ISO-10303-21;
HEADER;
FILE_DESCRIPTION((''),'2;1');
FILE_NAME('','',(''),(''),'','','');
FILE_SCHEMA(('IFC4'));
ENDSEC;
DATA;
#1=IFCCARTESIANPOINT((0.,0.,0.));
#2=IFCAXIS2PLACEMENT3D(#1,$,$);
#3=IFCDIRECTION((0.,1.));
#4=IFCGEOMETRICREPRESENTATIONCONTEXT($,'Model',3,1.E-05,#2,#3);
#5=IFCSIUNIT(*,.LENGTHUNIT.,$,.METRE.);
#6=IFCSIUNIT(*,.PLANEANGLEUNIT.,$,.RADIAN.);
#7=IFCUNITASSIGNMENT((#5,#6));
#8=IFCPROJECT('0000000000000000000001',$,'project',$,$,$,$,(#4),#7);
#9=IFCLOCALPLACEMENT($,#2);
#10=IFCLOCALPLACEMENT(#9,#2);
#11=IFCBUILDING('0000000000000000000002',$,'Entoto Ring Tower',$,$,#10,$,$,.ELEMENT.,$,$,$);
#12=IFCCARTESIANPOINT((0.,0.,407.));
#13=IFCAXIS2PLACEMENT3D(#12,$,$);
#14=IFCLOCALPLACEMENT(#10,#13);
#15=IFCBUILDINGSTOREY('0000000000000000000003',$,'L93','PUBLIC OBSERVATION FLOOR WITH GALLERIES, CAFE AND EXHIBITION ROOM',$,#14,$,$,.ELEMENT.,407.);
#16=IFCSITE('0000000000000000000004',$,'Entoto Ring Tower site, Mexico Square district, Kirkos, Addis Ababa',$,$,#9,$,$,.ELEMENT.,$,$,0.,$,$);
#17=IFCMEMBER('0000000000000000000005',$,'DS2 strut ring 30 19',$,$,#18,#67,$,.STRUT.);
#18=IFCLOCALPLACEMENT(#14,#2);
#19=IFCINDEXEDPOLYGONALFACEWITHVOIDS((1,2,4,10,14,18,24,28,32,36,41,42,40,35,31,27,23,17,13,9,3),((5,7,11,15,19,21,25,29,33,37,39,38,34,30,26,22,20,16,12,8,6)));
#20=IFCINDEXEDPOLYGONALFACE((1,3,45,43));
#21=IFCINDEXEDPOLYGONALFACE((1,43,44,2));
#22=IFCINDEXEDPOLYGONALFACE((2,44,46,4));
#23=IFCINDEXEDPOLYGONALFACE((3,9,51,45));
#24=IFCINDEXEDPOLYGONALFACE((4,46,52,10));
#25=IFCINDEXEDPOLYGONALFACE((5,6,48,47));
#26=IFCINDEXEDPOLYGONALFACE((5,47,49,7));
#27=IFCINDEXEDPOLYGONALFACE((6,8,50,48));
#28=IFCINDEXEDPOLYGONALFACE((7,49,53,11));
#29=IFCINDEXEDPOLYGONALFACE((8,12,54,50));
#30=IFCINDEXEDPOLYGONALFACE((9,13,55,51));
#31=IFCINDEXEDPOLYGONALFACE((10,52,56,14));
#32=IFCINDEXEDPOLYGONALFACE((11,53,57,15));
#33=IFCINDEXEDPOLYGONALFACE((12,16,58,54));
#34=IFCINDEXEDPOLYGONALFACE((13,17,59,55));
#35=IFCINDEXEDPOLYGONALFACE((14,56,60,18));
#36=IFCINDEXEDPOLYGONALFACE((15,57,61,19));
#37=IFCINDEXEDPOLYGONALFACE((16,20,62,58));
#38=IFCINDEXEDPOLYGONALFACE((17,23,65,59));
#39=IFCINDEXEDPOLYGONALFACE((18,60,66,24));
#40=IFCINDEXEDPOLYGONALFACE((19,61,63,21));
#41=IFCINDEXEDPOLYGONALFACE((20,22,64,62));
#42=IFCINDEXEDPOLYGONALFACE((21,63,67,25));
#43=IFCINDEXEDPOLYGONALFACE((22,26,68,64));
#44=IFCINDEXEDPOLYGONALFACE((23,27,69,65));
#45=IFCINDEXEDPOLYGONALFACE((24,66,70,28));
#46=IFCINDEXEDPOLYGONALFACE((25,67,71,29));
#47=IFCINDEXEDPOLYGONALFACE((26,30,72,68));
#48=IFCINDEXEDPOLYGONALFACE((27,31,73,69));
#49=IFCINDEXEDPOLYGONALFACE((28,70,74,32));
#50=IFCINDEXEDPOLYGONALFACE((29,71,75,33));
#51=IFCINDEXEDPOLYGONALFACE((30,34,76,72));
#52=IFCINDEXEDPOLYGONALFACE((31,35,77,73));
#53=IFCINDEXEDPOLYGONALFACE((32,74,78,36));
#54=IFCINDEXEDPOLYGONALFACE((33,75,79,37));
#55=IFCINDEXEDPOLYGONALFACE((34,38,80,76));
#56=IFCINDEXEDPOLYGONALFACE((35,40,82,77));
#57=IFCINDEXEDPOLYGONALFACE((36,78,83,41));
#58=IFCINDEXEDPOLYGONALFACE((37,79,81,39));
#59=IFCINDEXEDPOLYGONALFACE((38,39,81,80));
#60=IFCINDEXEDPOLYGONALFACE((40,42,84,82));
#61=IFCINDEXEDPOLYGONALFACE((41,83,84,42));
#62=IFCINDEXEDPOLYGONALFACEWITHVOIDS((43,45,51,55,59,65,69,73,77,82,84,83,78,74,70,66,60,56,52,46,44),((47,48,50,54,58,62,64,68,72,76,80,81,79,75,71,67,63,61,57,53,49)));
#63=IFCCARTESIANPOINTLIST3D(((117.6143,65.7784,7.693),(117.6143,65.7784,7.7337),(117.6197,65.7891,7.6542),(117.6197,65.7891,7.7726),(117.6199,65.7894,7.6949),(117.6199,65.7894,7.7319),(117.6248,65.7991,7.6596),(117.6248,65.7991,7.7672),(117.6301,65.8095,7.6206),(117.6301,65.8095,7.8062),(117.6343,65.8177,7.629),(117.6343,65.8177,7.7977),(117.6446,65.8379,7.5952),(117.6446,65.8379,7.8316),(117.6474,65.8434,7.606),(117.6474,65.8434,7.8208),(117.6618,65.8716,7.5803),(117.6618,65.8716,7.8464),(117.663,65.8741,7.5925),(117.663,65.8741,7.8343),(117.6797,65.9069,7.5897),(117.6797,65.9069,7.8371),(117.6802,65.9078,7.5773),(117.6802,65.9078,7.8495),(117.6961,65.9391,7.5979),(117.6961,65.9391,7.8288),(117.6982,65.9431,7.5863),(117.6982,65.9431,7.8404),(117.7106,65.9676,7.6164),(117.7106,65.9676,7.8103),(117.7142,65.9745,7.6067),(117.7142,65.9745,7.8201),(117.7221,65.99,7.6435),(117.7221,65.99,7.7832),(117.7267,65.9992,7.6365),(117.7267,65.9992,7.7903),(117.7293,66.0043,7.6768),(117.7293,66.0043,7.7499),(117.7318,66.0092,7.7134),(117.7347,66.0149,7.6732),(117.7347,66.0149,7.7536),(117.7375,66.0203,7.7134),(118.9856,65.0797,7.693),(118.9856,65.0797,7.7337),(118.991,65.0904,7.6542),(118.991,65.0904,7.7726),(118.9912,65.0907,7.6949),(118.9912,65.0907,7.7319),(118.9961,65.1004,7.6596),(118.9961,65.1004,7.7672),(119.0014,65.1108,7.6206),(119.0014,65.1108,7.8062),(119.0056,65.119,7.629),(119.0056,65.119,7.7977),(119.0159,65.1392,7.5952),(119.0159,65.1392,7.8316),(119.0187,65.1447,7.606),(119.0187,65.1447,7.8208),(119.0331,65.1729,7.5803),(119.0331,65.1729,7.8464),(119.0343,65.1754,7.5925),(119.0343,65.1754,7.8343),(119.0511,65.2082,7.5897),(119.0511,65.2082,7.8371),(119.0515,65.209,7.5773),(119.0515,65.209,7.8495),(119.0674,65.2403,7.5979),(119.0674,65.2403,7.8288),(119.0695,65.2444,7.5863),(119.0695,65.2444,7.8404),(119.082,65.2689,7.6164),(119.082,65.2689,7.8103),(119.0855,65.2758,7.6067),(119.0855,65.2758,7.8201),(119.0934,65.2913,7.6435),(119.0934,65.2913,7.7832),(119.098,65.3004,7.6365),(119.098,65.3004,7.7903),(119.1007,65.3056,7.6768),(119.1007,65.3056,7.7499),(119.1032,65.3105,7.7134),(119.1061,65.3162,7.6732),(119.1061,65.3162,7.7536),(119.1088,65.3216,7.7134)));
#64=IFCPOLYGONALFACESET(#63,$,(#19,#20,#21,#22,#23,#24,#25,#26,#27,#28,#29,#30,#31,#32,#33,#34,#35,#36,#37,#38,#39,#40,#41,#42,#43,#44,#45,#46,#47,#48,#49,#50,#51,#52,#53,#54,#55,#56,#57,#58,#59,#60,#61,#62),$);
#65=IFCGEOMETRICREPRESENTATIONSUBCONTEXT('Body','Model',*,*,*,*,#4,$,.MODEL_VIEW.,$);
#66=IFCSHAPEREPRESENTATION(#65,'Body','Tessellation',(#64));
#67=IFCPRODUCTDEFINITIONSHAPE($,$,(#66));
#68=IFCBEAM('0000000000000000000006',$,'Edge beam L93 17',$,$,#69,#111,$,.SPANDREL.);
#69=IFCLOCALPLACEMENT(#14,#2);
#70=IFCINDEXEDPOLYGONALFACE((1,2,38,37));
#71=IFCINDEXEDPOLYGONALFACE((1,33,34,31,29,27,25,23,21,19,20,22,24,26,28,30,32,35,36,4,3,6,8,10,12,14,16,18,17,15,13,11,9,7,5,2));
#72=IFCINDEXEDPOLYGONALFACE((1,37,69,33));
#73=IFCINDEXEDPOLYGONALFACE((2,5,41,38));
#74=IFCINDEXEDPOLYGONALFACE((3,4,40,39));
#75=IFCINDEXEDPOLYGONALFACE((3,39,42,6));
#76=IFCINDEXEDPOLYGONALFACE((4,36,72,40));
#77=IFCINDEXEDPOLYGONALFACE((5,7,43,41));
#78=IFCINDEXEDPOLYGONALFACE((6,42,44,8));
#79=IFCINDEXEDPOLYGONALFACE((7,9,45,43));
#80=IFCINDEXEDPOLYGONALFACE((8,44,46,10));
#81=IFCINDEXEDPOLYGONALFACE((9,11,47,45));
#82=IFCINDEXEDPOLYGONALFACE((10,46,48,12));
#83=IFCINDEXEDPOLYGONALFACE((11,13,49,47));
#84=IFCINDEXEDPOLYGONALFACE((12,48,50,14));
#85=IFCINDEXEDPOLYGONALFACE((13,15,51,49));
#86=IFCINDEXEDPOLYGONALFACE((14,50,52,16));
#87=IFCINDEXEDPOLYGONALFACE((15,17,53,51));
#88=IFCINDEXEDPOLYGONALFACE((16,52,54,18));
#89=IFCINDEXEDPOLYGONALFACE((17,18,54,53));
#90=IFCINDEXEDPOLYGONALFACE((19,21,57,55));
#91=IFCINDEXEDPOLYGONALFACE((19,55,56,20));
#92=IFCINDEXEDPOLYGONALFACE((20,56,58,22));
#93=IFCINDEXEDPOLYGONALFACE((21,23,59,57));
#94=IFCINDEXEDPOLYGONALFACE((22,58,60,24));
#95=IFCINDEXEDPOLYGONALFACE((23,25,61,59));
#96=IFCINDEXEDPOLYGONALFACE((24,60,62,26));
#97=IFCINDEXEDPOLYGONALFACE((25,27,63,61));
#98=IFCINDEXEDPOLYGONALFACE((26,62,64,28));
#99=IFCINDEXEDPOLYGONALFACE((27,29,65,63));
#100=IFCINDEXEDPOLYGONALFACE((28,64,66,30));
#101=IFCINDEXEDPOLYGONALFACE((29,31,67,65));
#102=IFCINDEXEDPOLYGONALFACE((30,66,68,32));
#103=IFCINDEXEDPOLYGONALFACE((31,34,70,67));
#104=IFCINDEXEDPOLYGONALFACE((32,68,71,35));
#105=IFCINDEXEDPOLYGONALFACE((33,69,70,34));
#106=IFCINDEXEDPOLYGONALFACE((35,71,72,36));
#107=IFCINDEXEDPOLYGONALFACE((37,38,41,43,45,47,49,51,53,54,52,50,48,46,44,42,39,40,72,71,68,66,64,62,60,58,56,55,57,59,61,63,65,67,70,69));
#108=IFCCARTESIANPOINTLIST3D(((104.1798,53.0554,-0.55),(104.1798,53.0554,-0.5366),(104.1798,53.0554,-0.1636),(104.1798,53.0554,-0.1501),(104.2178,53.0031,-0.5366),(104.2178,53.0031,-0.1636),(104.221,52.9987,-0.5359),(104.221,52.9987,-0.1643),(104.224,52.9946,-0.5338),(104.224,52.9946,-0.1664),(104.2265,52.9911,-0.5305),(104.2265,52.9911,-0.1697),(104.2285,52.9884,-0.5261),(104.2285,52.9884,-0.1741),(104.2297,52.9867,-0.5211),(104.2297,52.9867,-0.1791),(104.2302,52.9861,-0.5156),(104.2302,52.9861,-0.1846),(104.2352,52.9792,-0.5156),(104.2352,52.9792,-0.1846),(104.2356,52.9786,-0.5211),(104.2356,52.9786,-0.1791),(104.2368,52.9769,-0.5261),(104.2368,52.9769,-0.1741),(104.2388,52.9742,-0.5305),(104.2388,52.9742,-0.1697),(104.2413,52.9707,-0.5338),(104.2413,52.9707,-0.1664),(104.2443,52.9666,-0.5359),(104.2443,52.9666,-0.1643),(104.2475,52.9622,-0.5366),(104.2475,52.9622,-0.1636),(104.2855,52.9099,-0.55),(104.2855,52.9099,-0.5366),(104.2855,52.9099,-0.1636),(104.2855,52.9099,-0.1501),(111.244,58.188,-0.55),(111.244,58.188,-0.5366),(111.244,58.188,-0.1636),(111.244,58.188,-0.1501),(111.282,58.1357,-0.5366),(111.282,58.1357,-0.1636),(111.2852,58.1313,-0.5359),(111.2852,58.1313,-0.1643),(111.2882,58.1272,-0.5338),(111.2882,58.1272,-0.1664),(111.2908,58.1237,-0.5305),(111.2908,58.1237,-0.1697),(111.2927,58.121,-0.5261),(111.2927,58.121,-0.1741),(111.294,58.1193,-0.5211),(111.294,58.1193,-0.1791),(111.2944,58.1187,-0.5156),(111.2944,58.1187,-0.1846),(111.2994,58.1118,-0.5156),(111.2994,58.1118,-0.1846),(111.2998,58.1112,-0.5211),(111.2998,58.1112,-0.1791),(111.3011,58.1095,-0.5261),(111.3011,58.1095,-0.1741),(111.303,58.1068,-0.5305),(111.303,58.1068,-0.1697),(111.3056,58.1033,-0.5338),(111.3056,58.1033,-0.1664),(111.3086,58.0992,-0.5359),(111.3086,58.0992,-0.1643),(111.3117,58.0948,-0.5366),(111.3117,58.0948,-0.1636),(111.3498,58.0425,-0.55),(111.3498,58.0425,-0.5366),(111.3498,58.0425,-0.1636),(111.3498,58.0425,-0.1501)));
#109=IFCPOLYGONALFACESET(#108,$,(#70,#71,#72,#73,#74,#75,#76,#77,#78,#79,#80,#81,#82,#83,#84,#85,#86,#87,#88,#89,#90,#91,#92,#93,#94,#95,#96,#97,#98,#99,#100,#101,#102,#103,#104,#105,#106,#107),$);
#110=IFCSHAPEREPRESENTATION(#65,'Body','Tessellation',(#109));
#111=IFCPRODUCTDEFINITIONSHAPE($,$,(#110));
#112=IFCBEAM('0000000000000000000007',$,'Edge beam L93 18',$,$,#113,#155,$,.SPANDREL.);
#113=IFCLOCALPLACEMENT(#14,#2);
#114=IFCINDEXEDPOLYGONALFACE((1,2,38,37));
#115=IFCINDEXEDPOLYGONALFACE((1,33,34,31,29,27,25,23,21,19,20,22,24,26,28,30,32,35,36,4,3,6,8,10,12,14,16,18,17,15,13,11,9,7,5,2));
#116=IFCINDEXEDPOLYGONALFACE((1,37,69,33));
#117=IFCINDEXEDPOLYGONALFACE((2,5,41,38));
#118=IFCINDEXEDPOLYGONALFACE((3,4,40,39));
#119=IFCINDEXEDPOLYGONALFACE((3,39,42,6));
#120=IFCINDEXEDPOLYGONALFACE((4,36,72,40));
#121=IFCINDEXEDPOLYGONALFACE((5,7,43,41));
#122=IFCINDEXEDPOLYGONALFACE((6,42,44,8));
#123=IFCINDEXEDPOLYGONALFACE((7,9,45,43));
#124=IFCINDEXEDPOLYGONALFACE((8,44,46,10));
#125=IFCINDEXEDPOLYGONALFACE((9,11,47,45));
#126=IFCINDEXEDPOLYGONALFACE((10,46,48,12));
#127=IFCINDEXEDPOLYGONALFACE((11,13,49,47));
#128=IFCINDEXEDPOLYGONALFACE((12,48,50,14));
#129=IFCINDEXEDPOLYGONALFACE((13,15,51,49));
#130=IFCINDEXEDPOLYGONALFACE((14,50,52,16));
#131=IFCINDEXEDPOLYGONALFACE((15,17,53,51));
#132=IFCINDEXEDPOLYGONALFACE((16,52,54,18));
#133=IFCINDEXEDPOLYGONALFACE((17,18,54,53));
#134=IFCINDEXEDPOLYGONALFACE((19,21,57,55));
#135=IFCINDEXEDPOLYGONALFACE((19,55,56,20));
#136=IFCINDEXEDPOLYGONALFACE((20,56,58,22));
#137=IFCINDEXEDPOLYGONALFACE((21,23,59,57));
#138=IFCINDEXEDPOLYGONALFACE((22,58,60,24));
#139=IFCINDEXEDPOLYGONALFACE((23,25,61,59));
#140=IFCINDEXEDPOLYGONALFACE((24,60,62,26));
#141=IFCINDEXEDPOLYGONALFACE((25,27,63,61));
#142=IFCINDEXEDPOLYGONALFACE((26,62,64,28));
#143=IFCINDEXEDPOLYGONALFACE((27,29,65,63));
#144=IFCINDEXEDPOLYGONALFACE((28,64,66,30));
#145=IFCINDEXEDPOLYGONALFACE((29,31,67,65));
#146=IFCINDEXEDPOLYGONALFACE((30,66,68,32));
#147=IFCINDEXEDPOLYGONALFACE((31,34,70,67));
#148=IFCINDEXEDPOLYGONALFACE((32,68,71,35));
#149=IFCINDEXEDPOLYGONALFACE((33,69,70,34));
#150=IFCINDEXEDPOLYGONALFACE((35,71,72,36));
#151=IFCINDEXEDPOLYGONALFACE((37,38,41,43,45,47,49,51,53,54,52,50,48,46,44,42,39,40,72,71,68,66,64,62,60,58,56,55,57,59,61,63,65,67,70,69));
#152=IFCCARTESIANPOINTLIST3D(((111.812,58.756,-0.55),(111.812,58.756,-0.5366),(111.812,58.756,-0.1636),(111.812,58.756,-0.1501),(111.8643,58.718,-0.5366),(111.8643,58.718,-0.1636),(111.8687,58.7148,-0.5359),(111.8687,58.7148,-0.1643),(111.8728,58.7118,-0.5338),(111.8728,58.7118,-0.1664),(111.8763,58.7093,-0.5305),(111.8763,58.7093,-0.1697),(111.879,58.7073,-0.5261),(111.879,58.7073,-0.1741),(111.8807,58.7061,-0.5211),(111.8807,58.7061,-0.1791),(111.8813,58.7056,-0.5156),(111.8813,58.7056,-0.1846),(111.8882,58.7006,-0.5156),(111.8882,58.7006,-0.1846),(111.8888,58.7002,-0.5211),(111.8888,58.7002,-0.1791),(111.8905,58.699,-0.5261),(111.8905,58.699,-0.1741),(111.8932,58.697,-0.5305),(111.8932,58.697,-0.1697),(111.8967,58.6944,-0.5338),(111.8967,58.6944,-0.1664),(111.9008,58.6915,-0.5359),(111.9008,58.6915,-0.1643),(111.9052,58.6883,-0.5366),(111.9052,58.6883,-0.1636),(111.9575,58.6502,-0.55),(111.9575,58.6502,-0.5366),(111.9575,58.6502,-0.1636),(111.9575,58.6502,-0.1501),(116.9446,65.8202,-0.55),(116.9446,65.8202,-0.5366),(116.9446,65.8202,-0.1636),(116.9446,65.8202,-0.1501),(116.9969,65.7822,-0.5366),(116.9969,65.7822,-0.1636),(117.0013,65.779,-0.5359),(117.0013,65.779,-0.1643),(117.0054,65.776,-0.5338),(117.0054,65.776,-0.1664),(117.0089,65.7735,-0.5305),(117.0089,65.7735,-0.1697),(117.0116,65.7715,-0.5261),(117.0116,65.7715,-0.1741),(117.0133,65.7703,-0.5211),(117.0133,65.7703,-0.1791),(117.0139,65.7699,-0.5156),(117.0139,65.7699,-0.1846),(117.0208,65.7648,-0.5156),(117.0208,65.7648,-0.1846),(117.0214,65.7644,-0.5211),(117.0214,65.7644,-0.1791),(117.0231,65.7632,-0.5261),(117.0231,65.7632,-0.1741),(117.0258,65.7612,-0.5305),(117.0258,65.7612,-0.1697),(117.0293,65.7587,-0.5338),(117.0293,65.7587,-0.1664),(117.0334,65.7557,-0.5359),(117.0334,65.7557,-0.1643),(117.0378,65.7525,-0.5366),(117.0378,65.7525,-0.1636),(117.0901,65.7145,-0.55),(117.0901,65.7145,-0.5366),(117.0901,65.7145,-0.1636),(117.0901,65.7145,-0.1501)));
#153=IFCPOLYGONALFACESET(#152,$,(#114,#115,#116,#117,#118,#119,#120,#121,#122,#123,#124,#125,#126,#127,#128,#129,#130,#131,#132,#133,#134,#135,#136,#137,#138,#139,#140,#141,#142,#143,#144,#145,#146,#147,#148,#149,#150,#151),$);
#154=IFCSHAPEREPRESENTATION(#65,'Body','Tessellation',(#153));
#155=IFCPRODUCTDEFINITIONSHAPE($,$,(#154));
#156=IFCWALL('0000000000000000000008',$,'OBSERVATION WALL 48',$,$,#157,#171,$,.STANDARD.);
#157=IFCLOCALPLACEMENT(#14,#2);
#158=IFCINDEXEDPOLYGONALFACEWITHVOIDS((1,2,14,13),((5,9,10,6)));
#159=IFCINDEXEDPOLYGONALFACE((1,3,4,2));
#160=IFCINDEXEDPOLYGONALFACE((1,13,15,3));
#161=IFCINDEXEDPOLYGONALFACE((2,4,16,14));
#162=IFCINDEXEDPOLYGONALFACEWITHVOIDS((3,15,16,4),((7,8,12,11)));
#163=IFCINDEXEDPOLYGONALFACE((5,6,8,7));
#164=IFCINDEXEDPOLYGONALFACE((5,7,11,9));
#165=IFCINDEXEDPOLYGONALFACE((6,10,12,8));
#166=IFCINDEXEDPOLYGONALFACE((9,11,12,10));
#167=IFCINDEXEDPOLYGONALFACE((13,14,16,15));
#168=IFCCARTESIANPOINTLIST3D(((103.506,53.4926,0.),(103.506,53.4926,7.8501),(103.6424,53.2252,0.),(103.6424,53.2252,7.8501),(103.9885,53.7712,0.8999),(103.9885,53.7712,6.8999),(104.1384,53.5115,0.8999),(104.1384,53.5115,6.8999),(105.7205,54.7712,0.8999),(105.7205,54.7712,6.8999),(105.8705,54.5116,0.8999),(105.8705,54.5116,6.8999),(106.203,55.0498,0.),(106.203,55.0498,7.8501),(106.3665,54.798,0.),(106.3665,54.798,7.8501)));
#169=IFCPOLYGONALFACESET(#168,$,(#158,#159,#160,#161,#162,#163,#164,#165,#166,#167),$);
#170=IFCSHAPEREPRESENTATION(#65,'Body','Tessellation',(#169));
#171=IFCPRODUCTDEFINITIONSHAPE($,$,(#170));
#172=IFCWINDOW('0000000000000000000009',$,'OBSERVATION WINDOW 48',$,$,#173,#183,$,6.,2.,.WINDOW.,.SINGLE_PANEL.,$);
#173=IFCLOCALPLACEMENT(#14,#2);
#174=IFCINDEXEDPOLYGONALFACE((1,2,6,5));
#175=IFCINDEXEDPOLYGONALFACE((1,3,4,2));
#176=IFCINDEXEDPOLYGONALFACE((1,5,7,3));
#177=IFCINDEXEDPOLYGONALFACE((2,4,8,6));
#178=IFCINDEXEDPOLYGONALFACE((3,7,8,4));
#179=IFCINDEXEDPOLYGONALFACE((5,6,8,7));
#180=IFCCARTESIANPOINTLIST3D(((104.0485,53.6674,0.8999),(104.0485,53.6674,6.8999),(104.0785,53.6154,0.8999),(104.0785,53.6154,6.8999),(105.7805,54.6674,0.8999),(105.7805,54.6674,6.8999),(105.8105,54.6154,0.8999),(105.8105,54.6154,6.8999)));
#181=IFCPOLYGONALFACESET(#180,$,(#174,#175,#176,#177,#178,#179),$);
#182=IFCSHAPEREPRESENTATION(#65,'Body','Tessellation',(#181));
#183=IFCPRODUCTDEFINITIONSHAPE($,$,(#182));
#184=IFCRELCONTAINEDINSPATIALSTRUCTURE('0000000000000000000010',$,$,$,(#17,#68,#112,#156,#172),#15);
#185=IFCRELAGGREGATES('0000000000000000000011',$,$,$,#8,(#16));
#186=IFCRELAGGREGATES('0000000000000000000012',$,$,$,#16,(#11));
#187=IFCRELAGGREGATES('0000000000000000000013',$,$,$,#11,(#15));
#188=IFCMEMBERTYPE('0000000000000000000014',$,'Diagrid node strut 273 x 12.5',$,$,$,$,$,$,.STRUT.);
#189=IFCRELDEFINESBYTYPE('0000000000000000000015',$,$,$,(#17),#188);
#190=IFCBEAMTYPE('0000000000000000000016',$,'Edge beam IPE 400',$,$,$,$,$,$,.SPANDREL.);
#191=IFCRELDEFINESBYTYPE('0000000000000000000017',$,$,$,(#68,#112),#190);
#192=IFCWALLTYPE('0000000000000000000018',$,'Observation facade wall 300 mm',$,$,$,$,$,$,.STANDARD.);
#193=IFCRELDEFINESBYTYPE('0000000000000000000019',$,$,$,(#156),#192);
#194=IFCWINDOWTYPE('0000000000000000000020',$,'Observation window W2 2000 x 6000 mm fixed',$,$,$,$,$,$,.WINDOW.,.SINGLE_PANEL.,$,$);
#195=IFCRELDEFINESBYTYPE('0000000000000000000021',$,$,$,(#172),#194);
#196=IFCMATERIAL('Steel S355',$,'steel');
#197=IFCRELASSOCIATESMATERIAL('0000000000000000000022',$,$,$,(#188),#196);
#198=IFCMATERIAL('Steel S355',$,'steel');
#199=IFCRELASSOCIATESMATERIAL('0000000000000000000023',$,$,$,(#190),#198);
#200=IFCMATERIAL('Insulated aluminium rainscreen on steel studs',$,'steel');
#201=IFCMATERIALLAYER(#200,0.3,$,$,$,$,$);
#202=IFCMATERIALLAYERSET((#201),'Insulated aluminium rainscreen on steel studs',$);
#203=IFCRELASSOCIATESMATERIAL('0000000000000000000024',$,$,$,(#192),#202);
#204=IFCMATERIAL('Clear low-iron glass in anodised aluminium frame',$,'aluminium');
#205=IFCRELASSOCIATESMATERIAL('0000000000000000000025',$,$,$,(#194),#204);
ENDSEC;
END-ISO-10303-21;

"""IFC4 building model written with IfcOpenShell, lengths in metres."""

from ifc_helpers import new_model, si_unit, direction, frame, frame_2d, origin, origin_2d, place, context, subcontext, project, spatial, polyline, rectangle, circle, hollow_circle, i_section, outline, extrude, material, layer, layer_set, material_profile, profile_set, type_object, element, fill, save


model = new_model("IFC4")

# Units and contexts
model_context = context("Model", 3, precision=1e-05, world=origin(), true_north=direction((0.0, 1.0)))
body_context = subcontext(model_context, "Body", "Model", "MODEL_VIEW")
ifc_project = project(units=[si_unit("LENGTHUNIT", "METRE"), si_unit("PLANEANGLEUNIT", "RADIAN")], contexts=[model_context])

# Site, building, storey
site_placement = place(None, origin())
site = spatial("IfcSite", under=ifc_project, at=site_placement, Name="Entoto Ring Tower site, Mexico Square district, Kirkos, Addis Ababa", CompositionType="ELEMENT", RefElevation=0.0)
building_placement = place(site_placement, origin())
building = spatial("IfcBuilding", under=site, at=building_placement, Name="Entoto Ring Tower", CompositionType="ELEMENT")
storey_placement = place(building_placement, frame((0.0, 0.0, 407.0)))
storey = spatial("IfcBuildingStorey", under=building, at=storey_placement, Name="L93", Description="PUBLIC OBSERVATION FLOOR WITH GALLERIES, CAFE AND EXHIBITION ROOM", CompositionType="ELEMENT", Elevation=407.0)

# Member
ifc_material_1 = material(Name="Steel S355", Category="steel")
ifc_material_profile_1 = material_profile(ifc_material_1, hollow_circle(Radius=0.1365, WallThickness=0.0125, at=origin_2d()), Name="CHS 273 x 12.5")
ifc_material_2 = material(Name="Concrete C60/75", Category="concrete")
ifc_material_profile_2 = material_profile(ifc_material_2, circle(Radius=0.124, at=origin_2d()), Name="Concrete C60/75 infill")
ifc_profile_set_1 = profile_set([ifc_material_profile_1, ifc_material_profile_2], Name="Steel S355")
member_type = type_object("IfcMemberType", Name="Diagrid node strut 273 x 12.5", PredefinedType="STRUT", material=ifc_profile_set_1)
member_1_placement = place(storey_placement, frame((117.6755, 65.8987, 7.7134), z_axis=(0.891007, -0.45399, 0.0), x_axis=(0.45399, 0.891007, 0.0)))
element("IfcMember", 1, at=member_1_placement, inside=storey, type_object=member_type, Name="DS2 strut ring 30 19", PredefinedType="STRUT", context=body_context, shape_type="SweptSolid", body=[
    extrude(hollow_circle(Radius=0.1365, WallThickness=0.0125, at=origin_2d()), origin(), (0.0, 0.0, 1.0), 1.5391),
])

# Beams
ifc_material_3 = material(Name="Steel S355", Category="steel")
ifc_material_profile_3 = material_profile(ifc_material_3, i_section(OverallWidth=0.1799, OverallDepth=0.3999, WebThickness=0.0085, FlangeThickness=0.0134, FilletRadius=0.021, at=origin_2d()), Name="IPE 400")
ifc_profile_set_2 = profile_set([ifc_material_profile_3], Name="Steel S355")
beam_type = type_object("IfcBeamType", Name="Edge beam IPE 400", PredefinedType="SPANDREL", material=ifc_profile_set_2)
for number, where, z_axis, x_axis, name in (
    (2, (104.2327, 52.9827, -0.3501), (0.80901, 0.587794, 0.0), (-0.587794, 0.80901, 0.0), "Edge beam L93 17"),
    (3, (111.8848, 58.7031, -0.3501), (0.587794, 0.80901, 0.0), (-0.80901, 0.587794, 0.0), "Edge beam L93 18"),
):
    element("IfcBeam", number, at=place(storey_placement, frame(where, z_axis=z_axis, x_axis=x_axis)), inside=storey, type_object=beam_type, Name=name, PredefinedType="SPANDREL", context=body_context, shape_type="SweptSolid", body=[
        extrude(i_section(OverallWidth=0.1799, OverallDepth=0.3999, WebThickness=0.0085, FlangeThickness=0.0134, FilletRadius=0.021, at=origin_2d()), origin(), (0.0, 0.0, 1.0), 8.7319),
    ])

# Wall, opening, window
ifc_material_4 = material(Name="Insulated aluminium rainscreen on steel studs", Category="steel")
ifc_layer_1 = layer(ifc_material_4, 0.3)
ifc_layer_set_1 = layer_set([ifc_layer_1], Name="Insulated aluminium rainscreen on steel studs")
wall_type_1 = type_object("IfcWallType", Name="Observation facade wall 300 mm", PredefinedType="STANDARD", material=ifc_layer_set_1)
wall_1_placement = place(storey_placement, frame((103.5742, 53.3589, 0.0), z_axis=(0.0, 0.0, 1.0), x_axis=(0.866017, 0.500015, 0.0)))
wall_1 = element("IfcWall", 4, at=wall_1_placement, inside=storey, type_object=wall_type_1, Name="OBSERVATION WALL 48", PredefinedType="STANDARD", context=body_context, shape_type="SweptSolid", body=[
    extrude(outline(polyline([(-0.0078, -0.1499), (3.1377, -0.1499), (3.1221, 0.1499), (0.0078, 0.1499), (-0.0078, -0.1499)])), origin(), (0.0, 0.0, 1.0), 7.8501),
])
opening_1_placement = place(wall_1_placement, frame((0.5649, 0.0, 0.8999)))
opening_1 = element("IfcOpeningElement", 5, at=opening_1_placement, cuts=wall_1, PredefinedType="OPENING", context=body_context, shape_type="SweptSolid", body=[
    extrude(rectangle(XDim=2.0, YDim=6.0, at=frame_2d((1.0, 3.0))), frame((0.0, 0.1602, 0.0), z_axis=(0.0, -1.0, 0.0), x_axis=(1.0, 0.0, 0.0)), (0.0, 0.0, 1.0), 0.3201),
])
ifc_material_5 = material(Name="Clear low-iron glass in anodised aluminium frame", Category="aluminium")
window_type_1 = type_object("IfcWindowType", Name="Observation window W2 2000 x 6000 mm fixed", PartitioningType="SINGLE_PANEL", PredefinedType="WINDOW", material=ifc_material_5)
window_1_placement = place(opening_1_placement, origin())
window_1 = element("IfcWindow", 6, at=window_1_placement, inside=storey, type_object=window_type_1, Name="OBSERVATION WINDOW 48", OverallHeight=6.0, OverallWidth=2.0, PartitioningType="SINGLE_PANEL", PredefinedType="WINDOW", context=body_context, shape_type="SweptSolid", body=[
    extrude(rectangle(XDim=2.0, YDim=6.0, at=frame_2d((1.0, 3.0))), frame((0.0, 0.03, 0.0), z_axis=(0.0, -1.0, 0.0), x_axis=(1.0, 0.0, 0.0)), (0.0, 0.0, 1.0), 0.0601),
])
fill(opening_1, window_1)

save(model, "model.ifc")
